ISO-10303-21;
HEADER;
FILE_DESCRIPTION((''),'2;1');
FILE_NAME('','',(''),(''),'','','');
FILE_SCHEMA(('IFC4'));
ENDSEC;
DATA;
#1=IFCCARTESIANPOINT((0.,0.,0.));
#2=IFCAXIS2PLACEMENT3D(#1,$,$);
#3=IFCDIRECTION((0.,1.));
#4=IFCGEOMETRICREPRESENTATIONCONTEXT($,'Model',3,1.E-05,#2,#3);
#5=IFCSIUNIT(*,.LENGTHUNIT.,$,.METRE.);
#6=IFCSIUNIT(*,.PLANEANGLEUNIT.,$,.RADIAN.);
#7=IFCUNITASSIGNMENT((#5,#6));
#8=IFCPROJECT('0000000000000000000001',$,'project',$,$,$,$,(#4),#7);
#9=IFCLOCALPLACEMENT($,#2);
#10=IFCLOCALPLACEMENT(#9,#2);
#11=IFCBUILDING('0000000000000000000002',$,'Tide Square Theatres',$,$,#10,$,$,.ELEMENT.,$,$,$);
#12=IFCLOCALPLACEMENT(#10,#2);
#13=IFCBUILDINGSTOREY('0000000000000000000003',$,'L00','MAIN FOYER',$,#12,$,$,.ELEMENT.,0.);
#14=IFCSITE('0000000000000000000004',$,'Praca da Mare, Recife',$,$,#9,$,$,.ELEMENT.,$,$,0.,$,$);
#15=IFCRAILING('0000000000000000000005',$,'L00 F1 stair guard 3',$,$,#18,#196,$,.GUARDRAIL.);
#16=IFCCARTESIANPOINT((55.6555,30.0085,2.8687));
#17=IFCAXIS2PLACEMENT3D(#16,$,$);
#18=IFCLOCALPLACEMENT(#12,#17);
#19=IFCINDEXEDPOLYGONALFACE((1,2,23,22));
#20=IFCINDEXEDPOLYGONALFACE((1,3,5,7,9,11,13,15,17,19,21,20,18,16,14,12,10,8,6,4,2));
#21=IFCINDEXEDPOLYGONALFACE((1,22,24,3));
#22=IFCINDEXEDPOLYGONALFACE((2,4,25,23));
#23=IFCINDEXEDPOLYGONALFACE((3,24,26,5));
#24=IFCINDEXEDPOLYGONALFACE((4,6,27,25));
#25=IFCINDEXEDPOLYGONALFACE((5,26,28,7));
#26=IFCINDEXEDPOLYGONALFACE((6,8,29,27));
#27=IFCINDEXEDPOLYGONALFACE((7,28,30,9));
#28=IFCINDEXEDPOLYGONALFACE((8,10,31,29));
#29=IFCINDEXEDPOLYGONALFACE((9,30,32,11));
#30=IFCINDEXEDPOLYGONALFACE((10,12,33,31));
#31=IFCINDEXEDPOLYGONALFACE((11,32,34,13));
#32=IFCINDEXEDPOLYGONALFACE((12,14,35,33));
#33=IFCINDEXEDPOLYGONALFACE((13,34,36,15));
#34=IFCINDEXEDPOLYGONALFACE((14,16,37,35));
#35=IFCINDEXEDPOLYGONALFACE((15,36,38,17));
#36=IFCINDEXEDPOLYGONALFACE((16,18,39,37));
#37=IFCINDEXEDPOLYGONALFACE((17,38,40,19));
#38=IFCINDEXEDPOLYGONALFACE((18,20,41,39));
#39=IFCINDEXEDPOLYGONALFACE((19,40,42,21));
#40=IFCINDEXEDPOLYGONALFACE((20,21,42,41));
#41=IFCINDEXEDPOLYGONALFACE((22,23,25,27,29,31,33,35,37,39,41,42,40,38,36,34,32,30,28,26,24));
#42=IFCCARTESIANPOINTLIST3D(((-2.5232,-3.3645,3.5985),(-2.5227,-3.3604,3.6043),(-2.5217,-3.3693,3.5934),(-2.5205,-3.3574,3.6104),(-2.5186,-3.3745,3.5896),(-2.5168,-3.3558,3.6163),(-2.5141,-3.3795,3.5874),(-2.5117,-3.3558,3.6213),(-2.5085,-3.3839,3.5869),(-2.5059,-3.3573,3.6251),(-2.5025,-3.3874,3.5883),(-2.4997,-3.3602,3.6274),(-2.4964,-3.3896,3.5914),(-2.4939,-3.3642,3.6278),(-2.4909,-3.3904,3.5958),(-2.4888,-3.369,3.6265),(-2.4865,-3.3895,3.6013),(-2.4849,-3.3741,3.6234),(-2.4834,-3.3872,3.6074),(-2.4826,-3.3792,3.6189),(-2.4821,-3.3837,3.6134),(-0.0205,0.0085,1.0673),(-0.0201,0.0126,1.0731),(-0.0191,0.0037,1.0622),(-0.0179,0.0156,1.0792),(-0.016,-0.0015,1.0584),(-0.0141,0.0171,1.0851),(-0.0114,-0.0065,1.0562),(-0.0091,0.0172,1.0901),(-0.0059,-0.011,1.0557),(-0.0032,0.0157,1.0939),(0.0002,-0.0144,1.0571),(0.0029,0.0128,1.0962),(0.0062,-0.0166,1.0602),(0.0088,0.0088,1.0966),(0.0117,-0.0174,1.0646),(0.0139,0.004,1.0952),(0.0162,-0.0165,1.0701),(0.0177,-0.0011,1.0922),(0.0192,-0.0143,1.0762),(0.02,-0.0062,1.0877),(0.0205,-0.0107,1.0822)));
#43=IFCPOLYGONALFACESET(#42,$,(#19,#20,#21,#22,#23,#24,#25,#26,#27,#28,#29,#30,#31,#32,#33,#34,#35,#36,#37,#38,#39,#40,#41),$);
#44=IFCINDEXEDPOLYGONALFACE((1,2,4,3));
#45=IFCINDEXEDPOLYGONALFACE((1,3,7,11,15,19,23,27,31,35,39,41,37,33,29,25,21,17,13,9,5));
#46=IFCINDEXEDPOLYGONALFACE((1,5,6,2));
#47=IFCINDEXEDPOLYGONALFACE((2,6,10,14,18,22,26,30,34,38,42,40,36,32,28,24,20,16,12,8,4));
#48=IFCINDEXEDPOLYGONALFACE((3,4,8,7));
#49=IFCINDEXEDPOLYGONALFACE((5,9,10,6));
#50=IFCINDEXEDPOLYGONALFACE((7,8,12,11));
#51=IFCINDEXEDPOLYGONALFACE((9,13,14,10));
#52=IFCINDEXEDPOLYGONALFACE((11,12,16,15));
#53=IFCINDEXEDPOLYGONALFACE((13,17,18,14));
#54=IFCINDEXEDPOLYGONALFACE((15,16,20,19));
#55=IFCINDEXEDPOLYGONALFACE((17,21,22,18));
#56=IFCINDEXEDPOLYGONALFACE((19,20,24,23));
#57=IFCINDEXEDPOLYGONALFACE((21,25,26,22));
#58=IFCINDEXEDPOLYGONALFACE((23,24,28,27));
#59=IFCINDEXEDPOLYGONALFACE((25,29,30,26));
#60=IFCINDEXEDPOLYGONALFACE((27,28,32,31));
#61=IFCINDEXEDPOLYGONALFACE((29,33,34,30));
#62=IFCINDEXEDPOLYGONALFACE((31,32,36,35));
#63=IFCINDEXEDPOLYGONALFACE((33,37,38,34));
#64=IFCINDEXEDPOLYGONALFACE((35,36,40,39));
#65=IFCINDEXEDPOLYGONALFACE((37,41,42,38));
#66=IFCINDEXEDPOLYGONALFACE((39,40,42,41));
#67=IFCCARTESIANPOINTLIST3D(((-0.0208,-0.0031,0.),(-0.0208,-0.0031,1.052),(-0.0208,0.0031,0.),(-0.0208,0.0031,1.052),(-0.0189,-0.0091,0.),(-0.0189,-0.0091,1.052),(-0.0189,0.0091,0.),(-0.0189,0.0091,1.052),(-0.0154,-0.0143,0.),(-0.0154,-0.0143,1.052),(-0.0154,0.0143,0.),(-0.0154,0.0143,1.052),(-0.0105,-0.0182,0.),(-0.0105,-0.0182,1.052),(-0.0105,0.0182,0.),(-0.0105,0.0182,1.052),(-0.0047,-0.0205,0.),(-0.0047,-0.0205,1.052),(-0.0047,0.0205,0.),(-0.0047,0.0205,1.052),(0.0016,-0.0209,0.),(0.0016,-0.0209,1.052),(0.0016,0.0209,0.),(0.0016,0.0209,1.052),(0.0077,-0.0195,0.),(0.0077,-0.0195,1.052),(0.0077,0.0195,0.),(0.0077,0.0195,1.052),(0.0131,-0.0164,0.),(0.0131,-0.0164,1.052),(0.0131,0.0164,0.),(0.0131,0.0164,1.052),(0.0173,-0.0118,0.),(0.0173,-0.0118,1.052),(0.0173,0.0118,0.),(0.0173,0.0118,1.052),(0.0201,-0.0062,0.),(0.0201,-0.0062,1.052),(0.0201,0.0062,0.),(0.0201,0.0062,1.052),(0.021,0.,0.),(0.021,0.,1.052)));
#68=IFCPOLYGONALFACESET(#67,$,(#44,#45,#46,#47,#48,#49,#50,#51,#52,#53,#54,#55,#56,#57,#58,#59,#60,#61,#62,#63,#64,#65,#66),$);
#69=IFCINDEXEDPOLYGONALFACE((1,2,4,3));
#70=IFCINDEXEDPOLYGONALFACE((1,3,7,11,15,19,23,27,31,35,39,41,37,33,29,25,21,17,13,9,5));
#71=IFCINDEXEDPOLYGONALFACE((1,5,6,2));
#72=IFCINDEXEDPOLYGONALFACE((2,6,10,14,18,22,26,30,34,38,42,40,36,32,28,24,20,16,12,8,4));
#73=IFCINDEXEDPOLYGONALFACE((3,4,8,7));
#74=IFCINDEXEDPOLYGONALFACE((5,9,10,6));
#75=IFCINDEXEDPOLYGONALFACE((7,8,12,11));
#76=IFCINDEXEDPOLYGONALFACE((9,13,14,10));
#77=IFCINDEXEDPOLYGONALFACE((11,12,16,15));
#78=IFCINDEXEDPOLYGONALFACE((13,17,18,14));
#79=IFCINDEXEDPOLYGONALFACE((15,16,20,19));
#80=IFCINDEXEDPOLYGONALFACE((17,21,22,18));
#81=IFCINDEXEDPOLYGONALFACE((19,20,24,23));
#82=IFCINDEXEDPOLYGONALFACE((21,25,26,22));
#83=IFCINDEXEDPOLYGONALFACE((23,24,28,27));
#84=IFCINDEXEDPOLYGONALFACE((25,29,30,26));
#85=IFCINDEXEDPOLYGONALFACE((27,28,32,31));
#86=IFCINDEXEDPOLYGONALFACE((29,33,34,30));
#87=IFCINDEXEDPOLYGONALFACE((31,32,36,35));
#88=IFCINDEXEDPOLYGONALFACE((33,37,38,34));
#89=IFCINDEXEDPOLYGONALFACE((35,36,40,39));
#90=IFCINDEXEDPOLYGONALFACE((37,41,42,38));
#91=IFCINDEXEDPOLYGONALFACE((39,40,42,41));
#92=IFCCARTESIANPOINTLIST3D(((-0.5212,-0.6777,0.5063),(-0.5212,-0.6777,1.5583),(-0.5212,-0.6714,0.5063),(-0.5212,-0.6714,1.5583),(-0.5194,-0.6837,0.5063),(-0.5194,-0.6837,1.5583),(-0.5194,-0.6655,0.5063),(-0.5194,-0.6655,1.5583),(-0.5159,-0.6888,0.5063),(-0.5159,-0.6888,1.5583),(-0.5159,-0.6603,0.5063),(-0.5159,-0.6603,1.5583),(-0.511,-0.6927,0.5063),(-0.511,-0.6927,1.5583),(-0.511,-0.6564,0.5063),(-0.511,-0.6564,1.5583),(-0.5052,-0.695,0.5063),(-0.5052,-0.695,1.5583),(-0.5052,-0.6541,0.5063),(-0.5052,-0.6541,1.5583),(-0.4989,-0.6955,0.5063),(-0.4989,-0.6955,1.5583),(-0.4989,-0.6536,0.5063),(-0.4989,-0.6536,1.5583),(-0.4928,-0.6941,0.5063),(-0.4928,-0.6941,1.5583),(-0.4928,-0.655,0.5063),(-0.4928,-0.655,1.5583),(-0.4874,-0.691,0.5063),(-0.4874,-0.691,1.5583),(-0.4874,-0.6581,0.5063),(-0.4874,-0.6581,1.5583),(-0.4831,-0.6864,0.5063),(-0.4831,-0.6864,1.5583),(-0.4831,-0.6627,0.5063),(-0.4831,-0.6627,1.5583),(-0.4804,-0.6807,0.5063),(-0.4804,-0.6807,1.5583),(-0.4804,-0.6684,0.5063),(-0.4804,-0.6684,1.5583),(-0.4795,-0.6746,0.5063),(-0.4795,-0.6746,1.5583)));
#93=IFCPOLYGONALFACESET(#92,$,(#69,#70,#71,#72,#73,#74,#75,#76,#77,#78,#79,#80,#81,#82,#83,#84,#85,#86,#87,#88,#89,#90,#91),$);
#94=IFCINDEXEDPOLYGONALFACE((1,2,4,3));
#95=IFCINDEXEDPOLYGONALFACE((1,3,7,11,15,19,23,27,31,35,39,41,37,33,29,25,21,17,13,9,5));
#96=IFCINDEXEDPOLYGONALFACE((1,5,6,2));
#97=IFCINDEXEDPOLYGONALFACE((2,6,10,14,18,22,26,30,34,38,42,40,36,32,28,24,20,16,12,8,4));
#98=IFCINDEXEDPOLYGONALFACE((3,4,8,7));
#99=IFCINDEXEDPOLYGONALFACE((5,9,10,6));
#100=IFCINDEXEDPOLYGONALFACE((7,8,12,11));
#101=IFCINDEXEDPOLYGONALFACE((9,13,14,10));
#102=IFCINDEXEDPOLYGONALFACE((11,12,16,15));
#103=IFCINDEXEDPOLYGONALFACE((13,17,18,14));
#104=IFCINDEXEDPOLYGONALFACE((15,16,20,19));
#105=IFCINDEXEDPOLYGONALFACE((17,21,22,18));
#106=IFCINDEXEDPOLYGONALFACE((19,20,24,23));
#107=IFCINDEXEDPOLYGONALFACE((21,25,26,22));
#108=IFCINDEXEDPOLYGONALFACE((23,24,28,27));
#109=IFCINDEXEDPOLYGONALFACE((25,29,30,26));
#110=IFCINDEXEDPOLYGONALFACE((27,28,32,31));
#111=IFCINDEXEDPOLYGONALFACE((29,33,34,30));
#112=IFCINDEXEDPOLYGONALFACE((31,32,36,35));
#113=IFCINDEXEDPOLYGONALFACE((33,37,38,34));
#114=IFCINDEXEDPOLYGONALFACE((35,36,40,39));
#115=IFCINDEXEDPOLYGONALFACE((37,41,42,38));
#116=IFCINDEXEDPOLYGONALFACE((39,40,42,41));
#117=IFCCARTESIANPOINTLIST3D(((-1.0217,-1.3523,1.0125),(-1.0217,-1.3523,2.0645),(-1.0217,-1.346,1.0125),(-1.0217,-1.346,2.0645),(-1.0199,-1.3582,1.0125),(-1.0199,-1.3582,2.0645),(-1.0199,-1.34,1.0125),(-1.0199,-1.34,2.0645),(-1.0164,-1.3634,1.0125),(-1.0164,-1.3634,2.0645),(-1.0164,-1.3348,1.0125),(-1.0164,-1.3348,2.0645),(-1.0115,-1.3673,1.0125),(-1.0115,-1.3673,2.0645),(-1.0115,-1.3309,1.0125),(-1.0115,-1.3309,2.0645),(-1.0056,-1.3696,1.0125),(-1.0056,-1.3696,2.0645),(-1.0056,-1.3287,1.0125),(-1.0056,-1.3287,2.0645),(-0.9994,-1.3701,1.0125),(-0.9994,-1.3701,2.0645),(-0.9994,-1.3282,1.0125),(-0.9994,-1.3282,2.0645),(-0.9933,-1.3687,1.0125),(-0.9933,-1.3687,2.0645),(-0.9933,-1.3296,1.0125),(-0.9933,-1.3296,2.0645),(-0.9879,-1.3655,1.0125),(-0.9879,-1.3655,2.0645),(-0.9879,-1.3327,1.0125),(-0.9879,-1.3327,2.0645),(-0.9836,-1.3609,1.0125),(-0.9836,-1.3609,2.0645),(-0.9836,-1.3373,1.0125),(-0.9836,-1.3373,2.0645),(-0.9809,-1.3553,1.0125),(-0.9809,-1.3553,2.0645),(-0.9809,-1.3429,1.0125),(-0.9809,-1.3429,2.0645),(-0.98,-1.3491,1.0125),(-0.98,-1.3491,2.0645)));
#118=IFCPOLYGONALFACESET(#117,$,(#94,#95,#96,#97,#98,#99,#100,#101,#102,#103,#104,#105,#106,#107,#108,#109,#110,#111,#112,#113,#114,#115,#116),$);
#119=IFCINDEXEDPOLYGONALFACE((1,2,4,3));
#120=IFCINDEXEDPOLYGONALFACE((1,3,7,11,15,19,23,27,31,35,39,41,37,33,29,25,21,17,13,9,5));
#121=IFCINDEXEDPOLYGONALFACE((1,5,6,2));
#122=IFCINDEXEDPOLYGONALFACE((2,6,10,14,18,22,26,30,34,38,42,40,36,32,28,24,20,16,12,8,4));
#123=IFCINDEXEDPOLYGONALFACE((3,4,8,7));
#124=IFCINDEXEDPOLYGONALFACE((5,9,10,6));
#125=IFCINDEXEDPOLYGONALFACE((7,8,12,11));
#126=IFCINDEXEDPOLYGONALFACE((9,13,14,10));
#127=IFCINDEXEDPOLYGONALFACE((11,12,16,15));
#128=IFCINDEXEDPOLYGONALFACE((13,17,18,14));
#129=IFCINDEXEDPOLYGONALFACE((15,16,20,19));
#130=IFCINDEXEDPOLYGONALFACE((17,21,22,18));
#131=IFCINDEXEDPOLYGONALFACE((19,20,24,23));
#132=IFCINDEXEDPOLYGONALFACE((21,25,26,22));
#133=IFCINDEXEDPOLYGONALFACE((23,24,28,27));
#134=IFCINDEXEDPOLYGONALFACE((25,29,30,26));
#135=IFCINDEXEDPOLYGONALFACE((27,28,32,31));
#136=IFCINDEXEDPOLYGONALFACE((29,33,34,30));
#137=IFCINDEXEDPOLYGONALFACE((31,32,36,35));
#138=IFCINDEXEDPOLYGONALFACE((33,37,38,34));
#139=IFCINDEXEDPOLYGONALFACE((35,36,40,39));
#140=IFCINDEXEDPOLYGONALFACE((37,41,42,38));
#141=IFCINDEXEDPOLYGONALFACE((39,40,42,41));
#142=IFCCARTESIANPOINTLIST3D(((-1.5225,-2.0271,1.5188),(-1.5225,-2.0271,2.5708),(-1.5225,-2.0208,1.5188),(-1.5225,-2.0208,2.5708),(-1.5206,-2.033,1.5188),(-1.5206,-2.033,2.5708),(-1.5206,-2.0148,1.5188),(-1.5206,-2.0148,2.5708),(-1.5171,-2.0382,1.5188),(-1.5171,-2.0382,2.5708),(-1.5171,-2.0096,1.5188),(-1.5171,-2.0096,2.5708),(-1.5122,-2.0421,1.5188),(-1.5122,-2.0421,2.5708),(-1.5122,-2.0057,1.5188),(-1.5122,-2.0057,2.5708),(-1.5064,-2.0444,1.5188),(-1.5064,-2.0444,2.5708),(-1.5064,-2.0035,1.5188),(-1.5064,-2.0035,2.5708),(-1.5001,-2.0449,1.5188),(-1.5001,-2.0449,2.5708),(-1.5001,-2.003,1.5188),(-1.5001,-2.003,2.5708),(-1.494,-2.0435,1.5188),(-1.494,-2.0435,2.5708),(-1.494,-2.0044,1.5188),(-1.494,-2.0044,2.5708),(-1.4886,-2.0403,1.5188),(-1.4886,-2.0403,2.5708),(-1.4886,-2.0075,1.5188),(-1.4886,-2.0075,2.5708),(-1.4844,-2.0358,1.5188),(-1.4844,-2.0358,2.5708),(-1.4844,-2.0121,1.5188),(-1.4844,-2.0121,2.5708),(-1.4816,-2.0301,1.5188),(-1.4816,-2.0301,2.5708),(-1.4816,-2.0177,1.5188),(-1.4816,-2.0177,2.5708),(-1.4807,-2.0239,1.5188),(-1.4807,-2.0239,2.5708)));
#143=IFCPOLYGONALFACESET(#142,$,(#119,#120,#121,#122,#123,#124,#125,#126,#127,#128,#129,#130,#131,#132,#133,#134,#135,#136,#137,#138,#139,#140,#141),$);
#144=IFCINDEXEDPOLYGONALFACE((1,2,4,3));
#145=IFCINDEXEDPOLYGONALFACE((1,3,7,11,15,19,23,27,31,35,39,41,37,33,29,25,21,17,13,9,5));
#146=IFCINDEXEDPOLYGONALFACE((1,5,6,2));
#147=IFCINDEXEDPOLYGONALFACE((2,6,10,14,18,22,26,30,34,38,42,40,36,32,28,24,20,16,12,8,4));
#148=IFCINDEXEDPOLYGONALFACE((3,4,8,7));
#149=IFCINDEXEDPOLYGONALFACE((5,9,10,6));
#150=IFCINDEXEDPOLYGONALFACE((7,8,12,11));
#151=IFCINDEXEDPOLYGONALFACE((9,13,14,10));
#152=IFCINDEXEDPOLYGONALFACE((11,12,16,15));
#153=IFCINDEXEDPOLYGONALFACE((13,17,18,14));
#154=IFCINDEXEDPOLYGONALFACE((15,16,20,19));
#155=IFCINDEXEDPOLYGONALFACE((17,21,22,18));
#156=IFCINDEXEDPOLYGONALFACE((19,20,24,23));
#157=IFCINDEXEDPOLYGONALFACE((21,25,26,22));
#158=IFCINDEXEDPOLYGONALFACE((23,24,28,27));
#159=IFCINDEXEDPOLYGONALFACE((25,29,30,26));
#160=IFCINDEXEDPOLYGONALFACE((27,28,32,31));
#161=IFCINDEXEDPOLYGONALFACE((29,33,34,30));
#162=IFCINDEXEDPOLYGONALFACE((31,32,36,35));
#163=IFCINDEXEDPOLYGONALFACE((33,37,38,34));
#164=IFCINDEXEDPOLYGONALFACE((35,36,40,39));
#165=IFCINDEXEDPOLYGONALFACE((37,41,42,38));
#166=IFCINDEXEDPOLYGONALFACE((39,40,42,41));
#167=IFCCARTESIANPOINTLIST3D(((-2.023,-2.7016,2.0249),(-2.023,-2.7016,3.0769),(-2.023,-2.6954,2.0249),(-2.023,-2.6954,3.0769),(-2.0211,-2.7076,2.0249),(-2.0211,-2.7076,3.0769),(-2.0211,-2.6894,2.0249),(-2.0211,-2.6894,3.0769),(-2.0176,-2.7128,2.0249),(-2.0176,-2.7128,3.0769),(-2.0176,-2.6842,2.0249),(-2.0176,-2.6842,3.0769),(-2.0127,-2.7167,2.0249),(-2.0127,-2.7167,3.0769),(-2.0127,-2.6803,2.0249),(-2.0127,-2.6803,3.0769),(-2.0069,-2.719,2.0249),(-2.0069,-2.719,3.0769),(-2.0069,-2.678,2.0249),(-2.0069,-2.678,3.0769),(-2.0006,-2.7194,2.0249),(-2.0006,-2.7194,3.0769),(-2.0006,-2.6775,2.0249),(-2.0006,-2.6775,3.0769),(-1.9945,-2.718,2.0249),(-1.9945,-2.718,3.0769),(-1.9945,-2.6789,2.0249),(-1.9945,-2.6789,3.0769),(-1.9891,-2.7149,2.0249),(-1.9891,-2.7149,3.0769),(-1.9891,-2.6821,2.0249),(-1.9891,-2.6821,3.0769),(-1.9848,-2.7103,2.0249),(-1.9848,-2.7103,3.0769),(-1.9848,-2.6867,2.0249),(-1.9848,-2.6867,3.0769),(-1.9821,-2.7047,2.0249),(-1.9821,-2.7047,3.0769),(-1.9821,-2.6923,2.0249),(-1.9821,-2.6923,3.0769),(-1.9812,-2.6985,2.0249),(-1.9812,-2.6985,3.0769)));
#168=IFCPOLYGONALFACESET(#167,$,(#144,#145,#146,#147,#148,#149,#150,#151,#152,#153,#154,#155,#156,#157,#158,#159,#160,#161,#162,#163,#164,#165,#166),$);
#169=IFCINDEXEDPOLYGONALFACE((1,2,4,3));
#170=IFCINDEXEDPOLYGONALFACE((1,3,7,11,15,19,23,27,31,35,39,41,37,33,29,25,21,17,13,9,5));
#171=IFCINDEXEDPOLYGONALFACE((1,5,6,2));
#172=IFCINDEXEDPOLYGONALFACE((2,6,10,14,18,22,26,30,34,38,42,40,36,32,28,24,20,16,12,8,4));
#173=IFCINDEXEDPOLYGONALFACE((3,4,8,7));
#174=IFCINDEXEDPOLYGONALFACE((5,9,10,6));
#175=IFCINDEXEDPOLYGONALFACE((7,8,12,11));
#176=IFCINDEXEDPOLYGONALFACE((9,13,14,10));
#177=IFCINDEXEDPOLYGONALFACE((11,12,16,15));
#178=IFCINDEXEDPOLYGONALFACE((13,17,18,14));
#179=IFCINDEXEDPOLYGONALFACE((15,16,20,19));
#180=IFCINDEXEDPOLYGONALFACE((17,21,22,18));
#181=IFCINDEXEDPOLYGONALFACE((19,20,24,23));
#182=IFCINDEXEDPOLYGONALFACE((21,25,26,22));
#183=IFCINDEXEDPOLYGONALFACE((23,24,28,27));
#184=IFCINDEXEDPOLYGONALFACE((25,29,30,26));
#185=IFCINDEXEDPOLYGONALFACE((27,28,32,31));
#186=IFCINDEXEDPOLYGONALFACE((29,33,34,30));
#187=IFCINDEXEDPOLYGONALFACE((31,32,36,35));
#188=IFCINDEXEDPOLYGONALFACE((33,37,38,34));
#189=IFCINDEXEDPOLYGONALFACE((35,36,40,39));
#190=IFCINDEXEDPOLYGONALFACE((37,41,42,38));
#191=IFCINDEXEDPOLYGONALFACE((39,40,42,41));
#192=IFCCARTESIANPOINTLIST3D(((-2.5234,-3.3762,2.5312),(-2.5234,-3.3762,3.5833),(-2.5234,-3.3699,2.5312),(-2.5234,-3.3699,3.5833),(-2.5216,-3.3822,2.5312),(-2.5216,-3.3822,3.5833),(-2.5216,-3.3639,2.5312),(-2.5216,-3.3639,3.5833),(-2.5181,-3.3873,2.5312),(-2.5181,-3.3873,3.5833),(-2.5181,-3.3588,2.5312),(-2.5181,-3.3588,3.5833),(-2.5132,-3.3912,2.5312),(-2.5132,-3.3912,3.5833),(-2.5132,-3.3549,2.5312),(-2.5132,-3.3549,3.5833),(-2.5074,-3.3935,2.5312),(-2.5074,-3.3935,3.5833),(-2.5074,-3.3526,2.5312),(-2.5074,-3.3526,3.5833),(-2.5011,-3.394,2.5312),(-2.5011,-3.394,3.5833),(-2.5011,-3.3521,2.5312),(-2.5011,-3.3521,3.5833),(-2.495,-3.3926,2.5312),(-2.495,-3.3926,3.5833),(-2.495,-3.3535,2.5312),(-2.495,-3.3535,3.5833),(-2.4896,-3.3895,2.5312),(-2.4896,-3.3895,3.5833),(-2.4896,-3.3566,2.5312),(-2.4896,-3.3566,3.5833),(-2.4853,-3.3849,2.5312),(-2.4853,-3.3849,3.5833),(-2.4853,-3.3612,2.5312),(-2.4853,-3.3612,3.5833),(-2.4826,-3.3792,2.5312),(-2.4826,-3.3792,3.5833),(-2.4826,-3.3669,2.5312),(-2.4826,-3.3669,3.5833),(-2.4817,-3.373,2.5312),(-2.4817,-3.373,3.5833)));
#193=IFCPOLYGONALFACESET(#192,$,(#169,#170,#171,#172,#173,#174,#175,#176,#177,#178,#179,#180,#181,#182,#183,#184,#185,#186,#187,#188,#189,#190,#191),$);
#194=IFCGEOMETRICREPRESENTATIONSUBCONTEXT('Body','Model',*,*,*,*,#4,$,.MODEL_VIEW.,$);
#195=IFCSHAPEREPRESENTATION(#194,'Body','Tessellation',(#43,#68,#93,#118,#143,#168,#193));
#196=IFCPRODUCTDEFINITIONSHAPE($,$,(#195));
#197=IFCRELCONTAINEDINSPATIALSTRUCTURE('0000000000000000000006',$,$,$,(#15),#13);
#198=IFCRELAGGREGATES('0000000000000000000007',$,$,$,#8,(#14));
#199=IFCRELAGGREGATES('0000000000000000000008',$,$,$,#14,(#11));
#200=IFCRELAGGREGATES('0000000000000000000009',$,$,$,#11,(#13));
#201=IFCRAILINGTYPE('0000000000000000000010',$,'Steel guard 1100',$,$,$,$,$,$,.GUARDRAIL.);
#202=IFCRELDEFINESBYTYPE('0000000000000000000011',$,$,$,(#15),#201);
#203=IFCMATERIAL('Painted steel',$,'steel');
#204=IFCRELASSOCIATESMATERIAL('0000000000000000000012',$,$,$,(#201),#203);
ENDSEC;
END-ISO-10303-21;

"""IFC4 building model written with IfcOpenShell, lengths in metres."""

from ifc_helpers import new_model, si_unit, direction, frame, origin, origin_2d, place, context, subcontext, project, spatial, circle, extrude, material, type_object, element, save


model = new_model("IFC4")

# Units and contexts
model_context = context("Model", 3, precision=1e-05, world=origin(), true_north=direction((0.0, 1.0)))
body_context = subcontext(model_context, "Body", "Model", "MODEL_VIEW")
ifc_project = project(units=[si_unit("LENGTHUNIT", "METRE"), si_unit("PLANEANGLEUNIT", "RADIAN")], contexts=[model_context])

# Site, building, storey
site_placement = place(None, origin())
site = spatial("IfcSite", under=ifc_project, at=site_placement, Name="Praca da Mare, Recife", CompositionType="ELEMENT", RefElevation=0.0)
building_placement = place(site_placement, origin())
building = spatial("IfcBuilding", under=site, at=building_placement, Name="Tide Square Theatres", CompositionType="ELEMENT")
storey_placement = place(building_placement, origin())
storey = spatial("IfcBuildingStorey", under=building, at=storey_placement, Name="L00", Description="MAIN FOYER", CompositionType="ELEMENT", Elevation=0.0)

# Railing
ifc_material_1 = material(Name="Painted steel", Category="steel")
railing_type_1 = type_object("IfcRailingType", Name="Steel guard 1100", PredefinedType="GUARDRAIL", material=ifc_material_1)
railing_placement = place(storey_placement, frame((55.6555, 30.0085, 2.8687)))
element("IfcRailing", 1, at=railing_placement, inside=storey, type_object=railing_type_1, Name="L00 F1 stair guard 3", PredefinedType="GUARDRAIL", context=body_context, shape_type="SweptSolid", body=[
    extrude(circle(Radius=0.0239, at=origin_2d()), frame((0.0, 0.0, 1.0762), z_axis=(-0.510347, -0.687831, 0.516172), x_axis=(0.803086, -0.595863, 0.0)), (0.0, 0.0, 1.0), 4.9038),
    extrude(circle(Radius=0.021, at=origin_2d()), origin(), (0.0, 0.0, 1.0), 1.052),
    extrude(circle(Radius=0.021, at=origin_2d()), frame((-0.5005, -0.6746, 0.5063)), (0.0, 0.0, 1.0), 1.052),
    extrude(circle(Radius=0.021, at=origin_2d()), frame((-1.001, -1.3491, 1.0125)), (0.0, 0.0, 1.0), 1.052),
    extrude(circle(Radius=0.021, at=origin_2d()), frame((-1.5017, -2.0239, 1.5188)), (0.0, 0.0, 1.0), 1.052),
    extrude(circle(Radius=0.021, at=origin_2d()), frame((-2.0022, -2.6985, 2.0249)), (0.0, 0.0, 1.0), 1.052),
    extrude(circle(Radius=0.021, at=origin_2d()), frame((-2.5027, -3.373, 2.5312)), (0.0, 0.0, 1.0), 1.052),
])

save(model, "model.ifc")
